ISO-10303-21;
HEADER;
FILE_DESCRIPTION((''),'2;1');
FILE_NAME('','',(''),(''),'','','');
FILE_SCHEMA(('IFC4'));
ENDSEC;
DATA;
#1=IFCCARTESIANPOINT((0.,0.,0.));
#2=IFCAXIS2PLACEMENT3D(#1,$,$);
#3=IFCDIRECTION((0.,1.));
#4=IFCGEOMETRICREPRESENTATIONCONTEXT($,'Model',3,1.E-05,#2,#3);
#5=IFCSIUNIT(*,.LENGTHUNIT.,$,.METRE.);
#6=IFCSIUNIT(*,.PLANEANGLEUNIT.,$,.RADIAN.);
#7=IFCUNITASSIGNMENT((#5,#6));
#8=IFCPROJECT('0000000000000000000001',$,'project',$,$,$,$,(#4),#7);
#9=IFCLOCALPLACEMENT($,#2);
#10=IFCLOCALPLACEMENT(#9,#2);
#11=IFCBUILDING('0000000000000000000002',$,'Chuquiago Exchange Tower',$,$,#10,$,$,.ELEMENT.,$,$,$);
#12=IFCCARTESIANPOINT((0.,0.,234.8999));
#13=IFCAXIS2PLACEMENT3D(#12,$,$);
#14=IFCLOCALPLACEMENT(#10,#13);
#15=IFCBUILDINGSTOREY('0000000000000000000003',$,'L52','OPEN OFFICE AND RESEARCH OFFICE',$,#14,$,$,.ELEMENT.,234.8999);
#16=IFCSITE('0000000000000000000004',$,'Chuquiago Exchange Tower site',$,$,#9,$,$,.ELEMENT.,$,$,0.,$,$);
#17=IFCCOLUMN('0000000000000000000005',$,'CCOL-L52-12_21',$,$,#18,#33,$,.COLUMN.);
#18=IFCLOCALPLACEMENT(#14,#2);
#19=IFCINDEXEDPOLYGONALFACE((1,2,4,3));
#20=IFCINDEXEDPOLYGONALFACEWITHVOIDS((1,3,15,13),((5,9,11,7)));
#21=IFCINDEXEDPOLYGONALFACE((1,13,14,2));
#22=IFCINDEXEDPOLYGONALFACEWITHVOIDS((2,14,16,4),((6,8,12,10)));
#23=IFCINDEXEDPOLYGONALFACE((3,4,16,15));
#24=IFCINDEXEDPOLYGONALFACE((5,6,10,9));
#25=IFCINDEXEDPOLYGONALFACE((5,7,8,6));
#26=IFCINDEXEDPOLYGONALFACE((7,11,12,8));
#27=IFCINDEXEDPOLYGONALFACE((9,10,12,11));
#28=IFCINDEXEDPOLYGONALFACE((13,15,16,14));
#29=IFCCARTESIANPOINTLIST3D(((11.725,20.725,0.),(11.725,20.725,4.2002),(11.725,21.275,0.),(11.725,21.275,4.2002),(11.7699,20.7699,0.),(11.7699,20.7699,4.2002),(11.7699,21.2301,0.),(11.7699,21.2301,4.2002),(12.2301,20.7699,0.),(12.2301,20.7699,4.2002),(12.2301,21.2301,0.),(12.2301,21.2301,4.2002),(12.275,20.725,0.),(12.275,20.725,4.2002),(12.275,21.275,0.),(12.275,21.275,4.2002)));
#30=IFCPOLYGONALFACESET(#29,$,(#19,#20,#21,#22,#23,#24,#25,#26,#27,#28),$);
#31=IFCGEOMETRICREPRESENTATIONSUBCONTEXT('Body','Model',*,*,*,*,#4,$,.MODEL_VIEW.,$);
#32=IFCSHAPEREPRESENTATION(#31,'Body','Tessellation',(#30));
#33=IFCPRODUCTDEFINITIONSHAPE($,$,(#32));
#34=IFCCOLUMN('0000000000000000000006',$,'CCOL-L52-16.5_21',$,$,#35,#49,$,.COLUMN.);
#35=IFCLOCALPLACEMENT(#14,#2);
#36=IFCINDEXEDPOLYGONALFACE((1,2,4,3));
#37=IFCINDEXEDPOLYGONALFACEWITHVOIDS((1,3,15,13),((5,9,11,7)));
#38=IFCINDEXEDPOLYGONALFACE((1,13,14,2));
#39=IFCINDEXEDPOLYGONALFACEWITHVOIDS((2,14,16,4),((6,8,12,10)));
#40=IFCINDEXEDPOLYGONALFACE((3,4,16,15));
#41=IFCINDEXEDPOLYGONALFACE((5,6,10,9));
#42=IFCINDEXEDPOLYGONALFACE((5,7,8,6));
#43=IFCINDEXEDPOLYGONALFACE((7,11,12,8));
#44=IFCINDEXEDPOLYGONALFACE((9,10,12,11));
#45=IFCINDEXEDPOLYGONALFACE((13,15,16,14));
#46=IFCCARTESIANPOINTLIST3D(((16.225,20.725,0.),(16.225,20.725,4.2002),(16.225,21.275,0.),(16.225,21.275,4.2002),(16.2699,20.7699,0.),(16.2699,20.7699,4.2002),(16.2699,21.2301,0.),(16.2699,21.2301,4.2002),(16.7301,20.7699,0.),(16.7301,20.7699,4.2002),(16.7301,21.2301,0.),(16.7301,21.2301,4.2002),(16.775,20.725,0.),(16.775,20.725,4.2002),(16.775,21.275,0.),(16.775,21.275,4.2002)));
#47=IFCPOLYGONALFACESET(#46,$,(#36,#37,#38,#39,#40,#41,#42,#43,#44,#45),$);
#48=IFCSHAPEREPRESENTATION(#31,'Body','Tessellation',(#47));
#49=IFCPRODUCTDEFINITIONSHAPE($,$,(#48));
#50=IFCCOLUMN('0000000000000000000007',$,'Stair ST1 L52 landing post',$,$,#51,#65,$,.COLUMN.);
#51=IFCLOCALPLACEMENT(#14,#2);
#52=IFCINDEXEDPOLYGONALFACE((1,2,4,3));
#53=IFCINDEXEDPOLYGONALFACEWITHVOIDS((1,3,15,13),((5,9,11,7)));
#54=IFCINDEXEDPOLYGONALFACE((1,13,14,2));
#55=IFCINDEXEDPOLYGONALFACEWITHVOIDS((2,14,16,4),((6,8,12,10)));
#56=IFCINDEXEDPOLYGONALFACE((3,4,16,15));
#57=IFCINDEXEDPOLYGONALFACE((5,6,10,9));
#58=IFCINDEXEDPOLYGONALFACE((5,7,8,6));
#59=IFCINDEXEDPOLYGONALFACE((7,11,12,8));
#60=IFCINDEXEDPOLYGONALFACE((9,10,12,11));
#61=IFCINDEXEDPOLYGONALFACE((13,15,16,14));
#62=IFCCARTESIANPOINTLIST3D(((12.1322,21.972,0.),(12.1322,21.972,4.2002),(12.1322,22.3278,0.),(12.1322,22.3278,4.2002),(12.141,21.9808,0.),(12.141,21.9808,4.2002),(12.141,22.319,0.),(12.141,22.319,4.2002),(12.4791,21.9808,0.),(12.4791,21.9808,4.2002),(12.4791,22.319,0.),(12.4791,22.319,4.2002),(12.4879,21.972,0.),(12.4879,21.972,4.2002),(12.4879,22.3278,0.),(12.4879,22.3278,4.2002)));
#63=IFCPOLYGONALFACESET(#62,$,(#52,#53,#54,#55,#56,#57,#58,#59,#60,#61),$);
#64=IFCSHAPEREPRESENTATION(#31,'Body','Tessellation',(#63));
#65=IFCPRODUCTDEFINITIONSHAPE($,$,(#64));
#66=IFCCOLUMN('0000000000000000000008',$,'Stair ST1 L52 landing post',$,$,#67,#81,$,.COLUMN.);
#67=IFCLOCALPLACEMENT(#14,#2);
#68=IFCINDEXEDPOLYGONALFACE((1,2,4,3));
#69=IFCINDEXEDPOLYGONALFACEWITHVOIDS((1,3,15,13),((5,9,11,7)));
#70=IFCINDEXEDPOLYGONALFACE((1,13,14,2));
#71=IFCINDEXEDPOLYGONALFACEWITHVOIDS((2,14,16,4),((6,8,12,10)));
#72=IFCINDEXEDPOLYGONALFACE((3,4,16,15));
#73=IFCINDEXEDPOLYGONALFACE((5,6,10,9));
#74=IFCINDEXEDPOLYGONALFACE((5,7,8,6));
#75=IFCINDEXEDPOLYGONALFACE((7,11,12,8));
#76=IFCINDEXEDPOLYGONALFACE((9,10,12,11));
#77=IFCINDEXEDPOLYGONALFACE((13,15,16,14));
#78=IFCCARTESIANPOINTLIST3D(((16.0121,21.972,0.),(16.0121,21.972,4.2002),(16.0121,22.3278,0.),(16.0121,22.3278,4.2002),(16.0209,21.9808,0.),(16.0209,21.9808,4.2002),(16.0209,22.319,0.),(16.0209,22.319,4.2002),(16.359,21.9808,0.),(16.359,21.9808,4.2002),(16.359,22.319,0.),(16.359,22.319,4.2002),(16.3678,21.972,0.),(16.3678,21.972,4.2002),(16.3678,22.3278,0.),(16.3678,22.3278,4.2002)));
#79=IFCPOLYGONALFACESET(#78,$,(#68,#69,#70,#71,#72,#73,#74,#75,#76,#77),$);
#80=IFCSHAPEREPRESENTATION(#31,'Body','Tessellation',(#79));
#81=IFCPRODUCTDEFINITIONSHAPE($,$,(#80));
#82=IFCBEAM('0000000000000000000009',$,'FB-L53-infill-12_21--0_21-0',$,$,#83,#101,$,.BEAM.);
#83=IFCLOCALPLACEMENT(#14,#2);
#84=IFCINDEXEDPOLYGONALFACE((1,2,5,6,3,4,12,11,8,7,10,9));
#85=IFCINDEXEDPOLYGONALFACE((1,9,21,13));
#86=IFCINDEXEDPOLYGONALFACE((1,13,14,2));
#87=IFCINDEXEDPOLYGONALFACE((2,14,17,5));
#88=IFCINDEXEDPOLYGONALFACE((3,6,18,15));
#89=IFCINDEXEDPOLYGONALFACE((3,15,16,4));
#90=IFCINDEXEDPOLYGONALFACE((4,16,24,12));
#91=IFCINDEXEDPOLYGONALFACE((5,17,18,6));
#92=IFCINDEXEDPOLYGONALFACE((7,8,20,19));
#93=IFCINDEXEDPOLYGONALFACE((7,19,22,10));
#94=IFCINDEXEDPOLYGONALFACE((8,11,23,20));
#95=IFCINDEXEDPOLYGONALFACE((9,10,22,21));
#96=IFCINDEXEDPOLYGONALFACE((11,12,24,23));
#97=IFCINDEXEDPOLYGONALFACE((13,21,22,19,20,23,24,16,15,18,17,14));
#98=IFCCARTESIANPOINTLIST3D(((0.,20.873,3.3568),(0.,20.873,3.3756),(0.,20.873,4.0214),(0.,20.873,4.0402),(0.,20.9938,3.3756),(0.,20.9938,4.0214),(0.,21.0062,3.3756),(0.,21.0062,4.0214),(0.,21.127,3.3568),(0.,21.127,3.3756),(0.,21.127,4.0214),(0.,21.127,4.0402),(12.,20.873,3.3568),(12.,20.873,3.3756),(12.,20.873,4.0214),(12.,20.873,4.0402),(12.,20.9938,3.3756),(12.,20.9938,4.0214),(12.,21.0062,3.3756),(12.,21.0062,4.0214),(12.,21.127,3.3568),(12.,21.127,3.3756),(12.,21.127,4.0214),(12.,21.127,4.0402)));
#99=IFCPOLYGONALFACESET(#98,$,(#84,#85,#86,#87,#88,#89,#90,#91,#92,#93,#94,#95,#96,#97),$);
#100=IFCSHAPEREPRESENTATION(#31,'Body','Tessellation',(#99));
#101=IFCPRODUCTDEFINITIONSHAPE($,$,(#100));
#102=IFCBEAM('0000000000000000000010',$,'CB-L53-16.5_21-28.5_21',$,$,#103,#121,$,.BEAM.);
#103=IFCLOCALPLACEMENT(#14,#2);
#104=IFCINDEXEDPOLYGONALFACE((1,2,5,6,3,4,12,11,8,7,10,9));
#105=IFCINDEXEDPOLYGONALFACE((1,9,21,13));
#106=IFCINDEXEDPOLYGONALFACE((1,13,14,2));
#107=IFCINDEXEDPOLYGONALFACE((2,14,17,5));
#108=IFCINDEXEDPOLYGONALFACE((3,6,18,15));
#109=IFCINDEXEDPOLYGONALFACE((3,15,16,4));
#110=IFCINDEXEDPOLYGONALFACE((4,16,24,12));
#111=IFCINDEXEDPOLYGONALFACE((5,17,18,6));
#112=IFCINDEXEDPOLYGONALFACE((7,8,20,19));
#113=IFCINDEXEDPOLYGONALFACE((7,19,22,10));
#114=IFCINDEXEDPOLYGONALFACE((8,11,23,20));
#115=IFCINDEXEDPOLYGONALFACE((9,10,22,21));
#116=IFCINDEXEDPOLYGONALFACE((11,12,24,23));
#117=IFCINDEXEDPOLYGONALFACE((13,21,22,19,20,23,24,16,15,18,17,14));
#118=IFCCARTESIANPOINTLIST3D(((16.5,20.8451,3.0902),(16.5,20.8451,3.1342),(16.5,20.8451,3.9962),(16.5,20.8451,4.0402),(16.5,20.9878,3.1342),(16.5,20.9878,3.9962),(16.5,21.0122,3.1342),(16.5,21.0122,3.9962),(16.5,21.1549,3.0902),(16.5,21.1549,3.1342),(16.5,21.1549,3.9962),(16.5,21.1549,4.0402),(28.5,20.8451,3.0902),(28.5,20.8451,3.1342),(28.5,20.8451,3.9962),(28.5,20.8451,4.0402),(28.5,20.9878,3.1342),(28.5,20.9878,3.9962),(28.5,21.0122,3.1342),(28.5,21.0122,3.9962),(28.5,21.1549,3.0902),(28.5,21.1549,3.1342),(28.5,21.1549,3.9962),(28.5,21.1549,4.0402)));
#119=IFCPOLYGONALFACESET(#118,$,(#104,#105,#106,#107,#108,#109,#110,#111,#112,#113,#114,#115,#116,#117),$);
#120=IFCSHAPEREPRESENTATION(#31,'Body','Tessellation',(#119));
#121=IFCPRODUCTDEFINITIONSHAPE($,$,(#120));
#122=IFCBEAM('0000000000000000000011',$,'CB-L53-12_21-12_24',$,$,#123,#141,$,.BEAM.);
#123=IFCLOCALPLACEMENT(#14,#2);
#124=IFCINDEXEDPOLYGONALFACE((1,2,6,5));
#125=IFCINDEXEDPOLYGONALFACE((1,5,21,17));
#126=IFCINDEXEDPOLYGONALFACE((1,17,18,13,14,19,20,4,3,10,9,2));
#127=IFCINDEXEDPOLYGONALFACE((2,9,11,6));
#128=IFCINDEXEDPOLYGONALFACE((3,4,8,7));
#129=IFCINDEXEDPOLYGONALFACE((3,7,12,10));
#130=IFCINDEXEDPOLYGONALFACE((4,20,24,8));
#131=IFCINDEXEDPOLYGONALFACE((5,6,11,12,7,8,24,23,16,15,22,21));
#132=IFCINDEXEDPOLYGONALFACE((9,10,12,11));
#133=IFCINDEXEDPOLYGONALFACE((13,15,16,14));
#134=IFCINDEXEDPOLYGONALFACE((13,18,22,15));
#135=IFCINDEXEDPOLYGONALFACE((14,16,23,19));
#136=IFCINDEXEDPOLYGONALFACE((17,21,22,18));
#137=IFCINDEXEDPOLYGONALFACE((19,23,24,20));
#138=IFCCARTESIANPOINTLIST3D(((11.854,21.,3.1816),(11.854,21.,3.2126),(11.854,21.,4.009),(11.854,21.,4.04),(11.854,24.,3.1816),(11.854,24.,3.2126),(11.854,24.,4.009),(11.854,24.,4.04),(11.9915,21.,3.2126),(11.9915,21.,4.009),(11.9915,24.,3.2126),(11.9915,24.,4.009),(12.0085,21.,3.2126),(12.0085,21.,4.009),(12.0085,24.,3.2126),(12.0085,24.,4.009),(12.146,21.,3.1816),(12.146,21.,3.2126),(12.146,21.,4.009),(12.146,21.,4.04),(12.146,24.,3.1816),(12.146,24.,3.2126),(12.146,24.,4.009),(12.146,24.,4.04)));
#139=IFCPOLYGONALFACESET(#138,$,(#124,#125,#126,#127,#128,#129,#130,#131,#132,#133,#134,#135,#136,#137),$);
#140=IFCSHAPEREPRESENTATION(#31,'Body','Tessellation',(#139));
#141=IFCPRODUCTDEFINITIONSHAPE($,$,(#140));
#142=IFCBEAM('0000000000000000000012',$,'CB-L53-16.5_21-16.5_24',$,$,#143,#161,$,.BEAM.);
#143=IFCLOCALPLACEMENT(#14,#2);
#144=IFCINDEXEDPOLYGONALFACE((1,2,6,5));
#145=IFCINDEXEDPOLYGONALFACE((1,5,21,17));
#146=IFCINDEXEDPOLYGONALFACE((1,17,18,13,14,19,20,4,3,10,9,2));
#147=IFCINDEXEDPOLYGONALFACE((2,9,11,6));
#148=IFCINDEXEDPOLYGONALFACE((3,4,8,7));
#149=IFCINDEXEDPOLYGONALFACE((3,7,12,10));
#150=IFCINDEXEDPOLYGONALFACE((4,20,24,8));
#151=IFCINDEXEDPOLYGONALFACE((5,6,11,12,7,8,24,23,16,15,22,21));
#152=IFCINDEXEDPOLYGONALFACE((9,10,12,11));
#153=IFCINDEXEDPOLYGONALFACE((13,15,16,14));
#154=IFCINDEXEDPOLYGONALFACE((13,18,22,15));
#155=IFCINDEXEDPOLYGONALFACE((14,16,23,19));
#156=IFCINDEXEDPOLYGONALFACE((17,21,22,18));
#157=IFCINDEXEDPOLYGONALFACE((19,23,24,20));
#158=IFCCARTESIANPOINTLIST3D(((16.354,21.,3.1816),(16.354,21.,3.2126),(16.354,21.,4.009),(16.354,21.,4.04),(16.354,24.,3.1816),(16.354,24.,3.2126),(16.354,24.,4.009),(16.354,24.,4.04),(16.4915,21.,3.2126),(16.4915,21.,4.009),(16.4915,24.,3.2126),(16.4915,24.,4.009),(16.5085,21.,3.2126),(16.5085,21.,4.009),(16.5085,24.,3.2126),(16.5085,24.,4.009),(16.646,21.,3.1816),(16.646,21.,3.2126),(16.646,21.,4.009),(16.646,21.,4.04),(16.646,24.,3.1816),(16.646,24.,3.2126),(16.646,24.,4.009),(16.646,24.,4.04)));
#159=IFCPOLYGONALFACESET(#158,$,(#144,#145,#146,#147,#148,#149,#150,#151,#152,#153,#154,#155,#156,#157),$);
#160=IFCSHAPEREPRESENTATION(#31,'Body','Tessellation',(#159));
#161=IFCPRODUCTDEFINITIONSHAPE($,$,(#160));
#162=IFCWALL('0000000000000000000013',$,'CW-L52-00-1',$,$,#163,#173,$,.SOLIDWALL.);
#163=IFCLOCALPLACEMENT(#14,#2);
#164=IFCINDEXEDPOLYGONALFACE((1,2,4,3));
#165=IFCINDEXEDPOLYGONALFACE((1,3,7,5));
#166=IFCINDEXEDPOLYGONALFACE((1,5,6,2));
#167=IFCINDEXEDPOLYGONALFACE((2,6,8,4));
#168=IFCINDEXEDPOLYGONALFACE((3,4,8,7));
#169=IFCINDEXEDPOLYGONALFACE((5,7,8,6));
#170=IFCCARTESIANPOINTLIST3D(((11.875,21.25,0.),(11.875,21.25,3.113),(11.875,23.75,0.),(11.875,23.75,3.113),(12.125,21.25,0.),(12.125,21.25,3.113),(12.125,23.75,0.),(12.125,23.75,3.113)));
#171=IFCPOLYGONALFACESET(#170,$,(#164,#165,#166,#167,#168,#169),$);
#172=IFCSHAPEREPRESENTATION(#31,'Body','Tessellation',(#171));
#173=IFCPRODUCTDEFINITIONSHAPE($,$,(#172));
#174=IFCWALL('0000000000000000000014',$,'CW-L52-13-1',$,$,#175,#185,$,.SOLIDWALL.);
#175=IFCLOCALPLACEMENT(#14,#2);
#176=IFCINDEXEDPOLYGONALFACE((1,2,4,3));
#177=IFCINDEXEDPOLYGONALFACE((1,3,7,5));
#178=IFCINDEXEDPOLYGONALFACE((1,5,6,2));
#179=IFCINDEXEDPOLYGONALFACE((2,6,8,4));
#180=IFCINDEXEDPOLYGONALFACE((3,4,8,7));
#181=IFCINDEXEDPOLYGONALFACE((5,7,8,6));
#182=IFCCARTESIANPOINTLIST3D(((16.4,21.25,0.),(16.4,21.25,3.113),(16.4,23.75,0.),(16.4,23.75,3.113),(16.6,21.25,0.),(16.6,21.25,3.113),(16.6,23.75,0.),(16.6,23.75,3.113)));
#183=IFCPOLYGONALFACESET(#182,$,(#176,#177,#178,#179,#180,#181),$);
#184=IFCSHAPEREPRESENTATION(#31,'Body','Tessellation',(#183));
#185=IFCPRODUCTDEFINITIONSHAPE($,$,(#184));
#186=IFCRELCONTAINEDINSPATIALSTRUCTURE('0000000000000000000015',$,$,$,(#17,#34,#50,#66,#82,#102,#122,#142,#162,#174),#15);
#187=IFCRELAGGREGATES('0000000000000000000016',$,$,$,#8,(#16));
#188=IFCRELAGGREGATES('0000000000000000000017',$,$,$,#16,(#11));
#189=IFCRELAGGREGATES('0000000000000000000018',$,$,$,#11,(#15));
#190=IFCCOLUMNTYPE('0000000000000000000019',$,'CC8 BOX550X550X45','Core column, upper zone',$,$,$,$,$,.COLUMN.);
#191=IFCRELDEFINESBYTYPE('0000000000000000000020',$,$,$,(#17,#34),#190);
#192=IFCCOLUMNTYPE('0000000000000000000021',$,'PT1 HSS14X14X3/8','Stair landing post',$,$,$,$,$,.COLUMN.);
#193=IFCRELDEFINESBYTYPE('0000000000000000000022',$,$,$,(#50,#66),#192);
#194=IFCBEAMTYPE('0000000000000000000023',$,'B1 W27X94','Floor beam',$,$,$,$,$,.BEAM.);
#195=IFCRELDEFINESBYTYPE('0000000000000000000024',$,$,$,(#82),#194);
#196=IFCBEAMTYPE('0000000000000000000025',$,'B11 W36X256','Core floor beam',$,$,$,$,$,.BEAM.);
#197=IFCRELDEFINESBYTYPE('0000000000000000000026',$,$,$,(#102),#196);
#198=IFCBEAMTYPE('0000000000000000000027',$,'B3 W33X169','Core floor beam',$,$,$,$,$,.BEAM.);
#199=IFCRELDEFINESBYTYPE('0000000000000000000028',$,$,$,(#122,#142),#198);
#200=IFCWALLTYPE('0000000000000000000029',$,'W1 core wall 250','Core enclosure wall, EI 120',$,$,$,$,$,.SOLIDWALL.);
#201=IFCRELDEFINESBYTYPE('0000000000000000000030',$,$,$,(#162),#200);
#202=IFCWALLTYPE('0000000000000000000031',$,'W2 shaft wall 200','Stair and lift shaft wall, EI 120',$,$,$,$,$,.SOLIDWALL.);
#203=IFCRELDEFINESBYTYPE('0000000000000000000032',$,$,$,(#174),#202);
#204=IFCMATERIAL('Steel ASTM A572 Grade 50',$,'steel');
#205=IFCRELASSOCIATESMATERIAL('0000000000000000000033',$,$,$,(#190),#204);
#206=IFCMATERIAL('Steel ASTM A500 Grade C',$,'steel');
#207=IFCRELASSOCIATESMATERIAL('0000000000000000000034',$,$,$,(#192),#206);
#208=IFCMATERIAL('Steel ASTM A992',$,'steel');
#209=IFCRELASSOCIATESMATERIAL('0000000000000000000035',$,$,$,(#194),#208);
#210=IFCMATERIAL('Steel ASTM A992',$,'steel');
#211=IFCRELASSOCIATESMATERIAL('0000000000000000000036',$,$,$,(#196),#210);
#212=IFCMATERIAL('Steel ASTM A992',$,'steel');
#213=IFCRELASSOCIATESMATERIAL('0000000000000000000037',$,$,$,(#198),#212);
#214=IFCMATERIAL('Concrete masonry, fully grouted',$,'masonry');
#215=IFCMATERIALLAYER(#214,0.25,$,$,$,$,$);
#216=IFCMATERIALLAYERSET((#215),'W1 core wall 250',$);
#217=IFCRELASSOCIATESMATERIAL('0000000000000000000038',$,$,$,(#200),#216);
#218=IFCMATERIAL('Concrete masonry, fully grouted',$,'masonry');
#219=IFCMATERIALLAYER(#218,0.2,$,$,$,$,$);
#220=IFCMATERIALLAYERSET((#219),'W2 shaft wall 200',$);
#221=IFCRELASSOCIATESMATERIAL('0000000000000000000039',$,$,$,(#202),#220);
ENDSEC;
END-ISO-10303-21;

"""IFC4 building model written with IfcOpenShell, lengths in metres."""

from ifc_helpers import new_model, si_unit, direction, frame, frame_2d, origin, origin_2d, place, context, subcontext, project, spatial, rectangle, hollow_rectangle, i_section, extrude, material, layer, layer_set, material_profile, profile_set, type_object, element, save


model = new_model("IFC4")

# Units and contexts
model_context = context("Model", 3, precision=1e-05, world=origin(), true_north=direction((0.0, 1.0)))
body_context = subcontext(model_context, "Body", "Model", "MODEL_VIEW")
ifc_project = project(units=[si_unit("LENGTHUNIT", "METRE"), si_unit("PLANEANGLEUNIT", "RADIAN")], contexts=[model_context])

# Site, building, storey
site_placement = place(None, origin())
site = spatial("IfcSite", under=ifc_project, at=site_placement, Name="Chuquiago Exchange Tower site", CompositionType="ELEMENT", RefElevation=0.0)
building_placement = place(site_placement, origin())
building = spatial("IfcBuilding", under=site, at=building_placement, Name="Chuquiago Exchange Tower", CompositionType="ELEMENT")
storey_placement = place(building_placement, frame((0.0, 0.0, 234.8999)))
storey = spatial("IfcBuildingStorey", under=building, at=storey_placement, Name="L52", Description="OPEN OFFICE AND RESEARCH OFFICE", CompositionType="ELEMENT", Elevation=234.8999)

# Columns
ifc_material_1 = material(Name="Steel ASTM A572 Grade 50", Category="steel")
ifc_material_profile_1 = material_profile(ifc_material_1, hollow_rectangle(XDim=0.55, YDim=0.55, WallThickness=0.0449, at=origin_2d()), Name="BOX550X550X45")
ifc_profile_set_1 = profile_set([ifc_material_profile_1], Name="Steel ASTM A572 Grade 50")
column_type_1 = type_object("IfcColumnType", Name="CC8 BOX550X550X45", Description="Core column, upper zone", PredefinedType="COLUMN", material=ifc_profile_set_1)
for number, where, z_axis, x_axis, name in (
    (1, (12.0, 21.0, 0.0), (0.0, 0.0, 1.0), (1.0, 0.0, 0.0), "CCOL-L52-12_21"),
    (2, (16.5, 21.0, 0.0), (0.0, 0.0, 1.0), (1.0, 0.0, 0.0), "CCOL-L52-16.5_21"),
):
    element("IfcColumn", number, at=place(storey_placement, frame(where, z_axis=z_axis, x_axis=x_axis)), inside=storey, type_object=column_type_1, Name=name, PredefinedType="COLUMN", context=body_context, shape_type="SweptSolid", body=[
        extrude(hollow_rectangle(XDim=0.55, YDim=0.55, WallThickness=0.0449, at=origin_2d()), origin(), (0.0, 0.0, 1.0), 4.2002),
    ])
ifc_material_2 = material(Name="Steel ASTM A500 Grade C", Category="steel")
ifc_material_profile_2 = material_profile(ifc_material_2, hollow_rectangle(XDim=0.3557, YDim=0.3557, WallThickness=0.0088, at=origin_2d()), Name="HSS14X14X3/8")
ifc_profile_set_2 = profile_set([ifc_material_profile_2], Name="Steel ASTM A500 Grade C")
column_type_2 = type_object("IfcColumnType", Name="PT1 HSS14X14X3/8", Description="Stair landing post", PredefinedType="COLUMN", material=ifc_profile_set_2)
for number, where, z_axis, x_axis, name in (
    (3, (12.3101, 22.1499, 0.0), (0.0, 0.0, 1.0), (1.0, 0.0, 0.0), "Stair ST1 L52 landing post"),
    (4, (16.1899, 22.1499, 0.0), (0.0, 0.0, 1.0), (1.0, 0.0, 0.0), "Stair ST1 L52 landing post"),
):
    element("IfcColumn", number, at=place(storey_placement, frame(where, z_axis=z_axis, x_axis=x_axis)), inside=storey, type_object=column_type_2, Name=name, PredefinedType="COLUMN", context=body_context, shape_type="SweptSolid", body=[
        extrude(hollow_rectangle(XDim=0.3557, YDim=0.3557, WallThickness=0.0088, at=origin_2d()), origin(), (0.0, 0.0, 1.0), 4.2002),
    ])

# Beams
ifc_material_3 = material(Name="Steel ASTM A992", Category="steel")
ifc_material_profile_3 = material_profile(ifc_material_3, i_section(OverallWidth=0.2539, OverallDepth=0.6833, WebThickness=0.0125, FlangeThickness=0.0188, at=origin_2d()), Name="W27X94")
ifc_profile_set_3 = profile_set([ifc_material_profile_3], Name="Steel ASTM A992")
beam_type_1 = type_object("IfcBeamType", Name="B1 W27X94", Description="Floor beam", PredefinedType="BEAM", material=ifc_profile_set_3)
beam_1_placement = place(storey_placement, frame((12.0, 21.0, 3.6985), z_axis=(-1.0, 0.0, 0.0), x_axis=(0.0, -1.0, 0.0)))
element("IfcBeam", 5, at=beam_1_placement, inside=storey, type_object=beam_type_1, Name="FB-L53-infill-12_21--0_21-0", PredefinedType="BEAM", context=body_context, shape_type="SweptSolid", body=[
    extrude(i_section(OverallWidth=0.2539, OverallDepth=0.6833, WebThickness=0.0125, FlangeThickness=0.0188, at=origin_2d()), origin(), (0.0, 0.0, 1.0), 12.0),
])
ifc_material_4 = material(Name="Steel ASTM A992", Category="steel")
ifc_material_profile_4 = material_profile(ifc_material_4, i_section(OverallWidth=0.3098, OverallDepth=0.95, WebThickness=0.0244, FlangeThickness=0.0439, at=origin_2d()), Name="W36X256")
ifc_profile_set_4 = profile_set([ifc_material_profile_4], Name="Steel ASTM A992")
beam_type_2 = type_object("IfcBeamType", Name="B11 W36X256", Description="Core floor beam", PredefinedType="BEAM", material=ifc_profile_set_4)
beam_2_placement = place(storey_placement, frame((16.5, 21.0, 3.5652), z_axis=(1.0, 0.0, 0.0), x_axis=(0.0, 1.0, 0.0)))
element("IfcBeam", 6, at=beam_2_placement, inside=storey, type_object=beam_type_2, Name="CB-L53-16.5_21-28.5_21", PredefinedType="BEAM", context=body_context, shape_type="SweptSolid", body=[
    extrude(i_section(OverallWidth=0.3098, OverallDepth=0.95, WebThickness=0.0244, FlangeThickness=0.0439, at=origin_2d()), origin(), (0.0, 0.0, 1.0), 12.0),
])
ifc_material_5 = material(Name="Steel ASTM A992", Category="steel")
ifc_material_profile_5 = material_profile(ifc_material_5, i_section(OverallWidth=0.292, OverallDepth=0.8584, WebThickness=0.0171, FlangeThickness=0.031, at=origin_2d()), Name="W33X169")
ifc_profile_set_5 = profile_set([ifc_material_profile_5], Name="Steel ASTM A992")
beam_type_3 = type_object("IfcBeamType", Name="B3 W33X169", Description="Core floor beam", PredefinedType="BEAM", material=ifc_profile_set_5)
for number, where, z_axis, x_axis, name in (
    (7, (12.0, 21.0, 3.6108), (0.0, 1.0, 0.0), (-1.0, 0.0, 0.0), "CB-L53-12_21-12_24"),
    (8, (16.5, 21.0, 3.6108), (0.0, 1.0, 0.0), (-1.0, 0.0, 0.0), "CB-L53-16.5_21-16.5_24"),
):
    element("IfcBeam", number, at=place(storey_placement, frame(where, z_axis=z_axis, x_axis=x_axis)), inside=storey, type_object=beam_type_3, Name=name, PredefinedType="BEAM", context=body_context, shape_type="SweptSolid", body=[
        extrude(i_section(OverallWidth=0.292, OverallDepth=0.8584, WebThickness=0.0171, FlangeThickness=0.031, at=origin_2d()), origin(), (0.0, 0.0, 1.0), 3.0),
    ])

# Walls
ifc_material_6 = material(Name="Concrete masonry, fully grouted", Category="masonry")
ifc_layer_1 = layer(ifc_material_6, 0.25)
ifc_layer_set_1 = layer_set([ifc_layer_1], Name="W1 core wall 250")
wall_type_1 = type_object("IfcWallType", Name="W1 core wall 250", Description="Core enclosure wall, EI 120", PredefinedType="SOLIDWALL", material=ifc_layer_set_1)
wall_1_placement = place(storey_placement, frame((12.0, 21.25, 0.0), z_axis=(0.0, 0.0, 1.0), x_axis=(0.0, 1.0, 0.0)))
element("IfcWall", 9, at=wall_1_placement, inside=storey, type_object=wall_type_1, Name="CW-L52-00-1", PredefinedType="SOLIDWALL", context=body_context, shape_type="SweptSolid", body=[
    extrude(rectangle(XDim=2.5, YDim=0.25, at=frame_2d((1.25, 0.0))), origin(), (0.0, 0.0, 1.0), 3.113),
])
ifc_material_7 = material(Name="Concrete masonry, fully grouted", Category="masonry")
ifc_layer_2 = layer(ifc_material_7, 0.2)
ifc_layer_set_2 = layer_set([ifc_layer_2], Name="W2 shaft wall 200")
wall_type_2 = type_object("IfcWallType", Name="W2 shaft wall 200", Description="Stair and lift shaft wall, EI 120", PredefinedType="SOLIDWALL", material=ifc_layer_set_2)
wall_2_placement = place(storey_placement, frame((16.5, 21.25, 0.0), z_axis=(0.0, 0.0, 1.0), x_axis=(0.0, 1.0, 0.0)))
element("IfcWall", 10, at=wall_2_placement, inside=storey, type_object=wall_type_2, Name="CW-L52-13-1", PredefinedType="SOLIDWALL", context=body_context, shape_type="SweptSolid", body=[
    extrude(rectangle(XDim=2.5, YDim=0.2, at=frame_2d((1.25, 0.0))), origin(), (0.0, 0.0, 1.0), 3.113),
])

save(model, "model.ifc")
